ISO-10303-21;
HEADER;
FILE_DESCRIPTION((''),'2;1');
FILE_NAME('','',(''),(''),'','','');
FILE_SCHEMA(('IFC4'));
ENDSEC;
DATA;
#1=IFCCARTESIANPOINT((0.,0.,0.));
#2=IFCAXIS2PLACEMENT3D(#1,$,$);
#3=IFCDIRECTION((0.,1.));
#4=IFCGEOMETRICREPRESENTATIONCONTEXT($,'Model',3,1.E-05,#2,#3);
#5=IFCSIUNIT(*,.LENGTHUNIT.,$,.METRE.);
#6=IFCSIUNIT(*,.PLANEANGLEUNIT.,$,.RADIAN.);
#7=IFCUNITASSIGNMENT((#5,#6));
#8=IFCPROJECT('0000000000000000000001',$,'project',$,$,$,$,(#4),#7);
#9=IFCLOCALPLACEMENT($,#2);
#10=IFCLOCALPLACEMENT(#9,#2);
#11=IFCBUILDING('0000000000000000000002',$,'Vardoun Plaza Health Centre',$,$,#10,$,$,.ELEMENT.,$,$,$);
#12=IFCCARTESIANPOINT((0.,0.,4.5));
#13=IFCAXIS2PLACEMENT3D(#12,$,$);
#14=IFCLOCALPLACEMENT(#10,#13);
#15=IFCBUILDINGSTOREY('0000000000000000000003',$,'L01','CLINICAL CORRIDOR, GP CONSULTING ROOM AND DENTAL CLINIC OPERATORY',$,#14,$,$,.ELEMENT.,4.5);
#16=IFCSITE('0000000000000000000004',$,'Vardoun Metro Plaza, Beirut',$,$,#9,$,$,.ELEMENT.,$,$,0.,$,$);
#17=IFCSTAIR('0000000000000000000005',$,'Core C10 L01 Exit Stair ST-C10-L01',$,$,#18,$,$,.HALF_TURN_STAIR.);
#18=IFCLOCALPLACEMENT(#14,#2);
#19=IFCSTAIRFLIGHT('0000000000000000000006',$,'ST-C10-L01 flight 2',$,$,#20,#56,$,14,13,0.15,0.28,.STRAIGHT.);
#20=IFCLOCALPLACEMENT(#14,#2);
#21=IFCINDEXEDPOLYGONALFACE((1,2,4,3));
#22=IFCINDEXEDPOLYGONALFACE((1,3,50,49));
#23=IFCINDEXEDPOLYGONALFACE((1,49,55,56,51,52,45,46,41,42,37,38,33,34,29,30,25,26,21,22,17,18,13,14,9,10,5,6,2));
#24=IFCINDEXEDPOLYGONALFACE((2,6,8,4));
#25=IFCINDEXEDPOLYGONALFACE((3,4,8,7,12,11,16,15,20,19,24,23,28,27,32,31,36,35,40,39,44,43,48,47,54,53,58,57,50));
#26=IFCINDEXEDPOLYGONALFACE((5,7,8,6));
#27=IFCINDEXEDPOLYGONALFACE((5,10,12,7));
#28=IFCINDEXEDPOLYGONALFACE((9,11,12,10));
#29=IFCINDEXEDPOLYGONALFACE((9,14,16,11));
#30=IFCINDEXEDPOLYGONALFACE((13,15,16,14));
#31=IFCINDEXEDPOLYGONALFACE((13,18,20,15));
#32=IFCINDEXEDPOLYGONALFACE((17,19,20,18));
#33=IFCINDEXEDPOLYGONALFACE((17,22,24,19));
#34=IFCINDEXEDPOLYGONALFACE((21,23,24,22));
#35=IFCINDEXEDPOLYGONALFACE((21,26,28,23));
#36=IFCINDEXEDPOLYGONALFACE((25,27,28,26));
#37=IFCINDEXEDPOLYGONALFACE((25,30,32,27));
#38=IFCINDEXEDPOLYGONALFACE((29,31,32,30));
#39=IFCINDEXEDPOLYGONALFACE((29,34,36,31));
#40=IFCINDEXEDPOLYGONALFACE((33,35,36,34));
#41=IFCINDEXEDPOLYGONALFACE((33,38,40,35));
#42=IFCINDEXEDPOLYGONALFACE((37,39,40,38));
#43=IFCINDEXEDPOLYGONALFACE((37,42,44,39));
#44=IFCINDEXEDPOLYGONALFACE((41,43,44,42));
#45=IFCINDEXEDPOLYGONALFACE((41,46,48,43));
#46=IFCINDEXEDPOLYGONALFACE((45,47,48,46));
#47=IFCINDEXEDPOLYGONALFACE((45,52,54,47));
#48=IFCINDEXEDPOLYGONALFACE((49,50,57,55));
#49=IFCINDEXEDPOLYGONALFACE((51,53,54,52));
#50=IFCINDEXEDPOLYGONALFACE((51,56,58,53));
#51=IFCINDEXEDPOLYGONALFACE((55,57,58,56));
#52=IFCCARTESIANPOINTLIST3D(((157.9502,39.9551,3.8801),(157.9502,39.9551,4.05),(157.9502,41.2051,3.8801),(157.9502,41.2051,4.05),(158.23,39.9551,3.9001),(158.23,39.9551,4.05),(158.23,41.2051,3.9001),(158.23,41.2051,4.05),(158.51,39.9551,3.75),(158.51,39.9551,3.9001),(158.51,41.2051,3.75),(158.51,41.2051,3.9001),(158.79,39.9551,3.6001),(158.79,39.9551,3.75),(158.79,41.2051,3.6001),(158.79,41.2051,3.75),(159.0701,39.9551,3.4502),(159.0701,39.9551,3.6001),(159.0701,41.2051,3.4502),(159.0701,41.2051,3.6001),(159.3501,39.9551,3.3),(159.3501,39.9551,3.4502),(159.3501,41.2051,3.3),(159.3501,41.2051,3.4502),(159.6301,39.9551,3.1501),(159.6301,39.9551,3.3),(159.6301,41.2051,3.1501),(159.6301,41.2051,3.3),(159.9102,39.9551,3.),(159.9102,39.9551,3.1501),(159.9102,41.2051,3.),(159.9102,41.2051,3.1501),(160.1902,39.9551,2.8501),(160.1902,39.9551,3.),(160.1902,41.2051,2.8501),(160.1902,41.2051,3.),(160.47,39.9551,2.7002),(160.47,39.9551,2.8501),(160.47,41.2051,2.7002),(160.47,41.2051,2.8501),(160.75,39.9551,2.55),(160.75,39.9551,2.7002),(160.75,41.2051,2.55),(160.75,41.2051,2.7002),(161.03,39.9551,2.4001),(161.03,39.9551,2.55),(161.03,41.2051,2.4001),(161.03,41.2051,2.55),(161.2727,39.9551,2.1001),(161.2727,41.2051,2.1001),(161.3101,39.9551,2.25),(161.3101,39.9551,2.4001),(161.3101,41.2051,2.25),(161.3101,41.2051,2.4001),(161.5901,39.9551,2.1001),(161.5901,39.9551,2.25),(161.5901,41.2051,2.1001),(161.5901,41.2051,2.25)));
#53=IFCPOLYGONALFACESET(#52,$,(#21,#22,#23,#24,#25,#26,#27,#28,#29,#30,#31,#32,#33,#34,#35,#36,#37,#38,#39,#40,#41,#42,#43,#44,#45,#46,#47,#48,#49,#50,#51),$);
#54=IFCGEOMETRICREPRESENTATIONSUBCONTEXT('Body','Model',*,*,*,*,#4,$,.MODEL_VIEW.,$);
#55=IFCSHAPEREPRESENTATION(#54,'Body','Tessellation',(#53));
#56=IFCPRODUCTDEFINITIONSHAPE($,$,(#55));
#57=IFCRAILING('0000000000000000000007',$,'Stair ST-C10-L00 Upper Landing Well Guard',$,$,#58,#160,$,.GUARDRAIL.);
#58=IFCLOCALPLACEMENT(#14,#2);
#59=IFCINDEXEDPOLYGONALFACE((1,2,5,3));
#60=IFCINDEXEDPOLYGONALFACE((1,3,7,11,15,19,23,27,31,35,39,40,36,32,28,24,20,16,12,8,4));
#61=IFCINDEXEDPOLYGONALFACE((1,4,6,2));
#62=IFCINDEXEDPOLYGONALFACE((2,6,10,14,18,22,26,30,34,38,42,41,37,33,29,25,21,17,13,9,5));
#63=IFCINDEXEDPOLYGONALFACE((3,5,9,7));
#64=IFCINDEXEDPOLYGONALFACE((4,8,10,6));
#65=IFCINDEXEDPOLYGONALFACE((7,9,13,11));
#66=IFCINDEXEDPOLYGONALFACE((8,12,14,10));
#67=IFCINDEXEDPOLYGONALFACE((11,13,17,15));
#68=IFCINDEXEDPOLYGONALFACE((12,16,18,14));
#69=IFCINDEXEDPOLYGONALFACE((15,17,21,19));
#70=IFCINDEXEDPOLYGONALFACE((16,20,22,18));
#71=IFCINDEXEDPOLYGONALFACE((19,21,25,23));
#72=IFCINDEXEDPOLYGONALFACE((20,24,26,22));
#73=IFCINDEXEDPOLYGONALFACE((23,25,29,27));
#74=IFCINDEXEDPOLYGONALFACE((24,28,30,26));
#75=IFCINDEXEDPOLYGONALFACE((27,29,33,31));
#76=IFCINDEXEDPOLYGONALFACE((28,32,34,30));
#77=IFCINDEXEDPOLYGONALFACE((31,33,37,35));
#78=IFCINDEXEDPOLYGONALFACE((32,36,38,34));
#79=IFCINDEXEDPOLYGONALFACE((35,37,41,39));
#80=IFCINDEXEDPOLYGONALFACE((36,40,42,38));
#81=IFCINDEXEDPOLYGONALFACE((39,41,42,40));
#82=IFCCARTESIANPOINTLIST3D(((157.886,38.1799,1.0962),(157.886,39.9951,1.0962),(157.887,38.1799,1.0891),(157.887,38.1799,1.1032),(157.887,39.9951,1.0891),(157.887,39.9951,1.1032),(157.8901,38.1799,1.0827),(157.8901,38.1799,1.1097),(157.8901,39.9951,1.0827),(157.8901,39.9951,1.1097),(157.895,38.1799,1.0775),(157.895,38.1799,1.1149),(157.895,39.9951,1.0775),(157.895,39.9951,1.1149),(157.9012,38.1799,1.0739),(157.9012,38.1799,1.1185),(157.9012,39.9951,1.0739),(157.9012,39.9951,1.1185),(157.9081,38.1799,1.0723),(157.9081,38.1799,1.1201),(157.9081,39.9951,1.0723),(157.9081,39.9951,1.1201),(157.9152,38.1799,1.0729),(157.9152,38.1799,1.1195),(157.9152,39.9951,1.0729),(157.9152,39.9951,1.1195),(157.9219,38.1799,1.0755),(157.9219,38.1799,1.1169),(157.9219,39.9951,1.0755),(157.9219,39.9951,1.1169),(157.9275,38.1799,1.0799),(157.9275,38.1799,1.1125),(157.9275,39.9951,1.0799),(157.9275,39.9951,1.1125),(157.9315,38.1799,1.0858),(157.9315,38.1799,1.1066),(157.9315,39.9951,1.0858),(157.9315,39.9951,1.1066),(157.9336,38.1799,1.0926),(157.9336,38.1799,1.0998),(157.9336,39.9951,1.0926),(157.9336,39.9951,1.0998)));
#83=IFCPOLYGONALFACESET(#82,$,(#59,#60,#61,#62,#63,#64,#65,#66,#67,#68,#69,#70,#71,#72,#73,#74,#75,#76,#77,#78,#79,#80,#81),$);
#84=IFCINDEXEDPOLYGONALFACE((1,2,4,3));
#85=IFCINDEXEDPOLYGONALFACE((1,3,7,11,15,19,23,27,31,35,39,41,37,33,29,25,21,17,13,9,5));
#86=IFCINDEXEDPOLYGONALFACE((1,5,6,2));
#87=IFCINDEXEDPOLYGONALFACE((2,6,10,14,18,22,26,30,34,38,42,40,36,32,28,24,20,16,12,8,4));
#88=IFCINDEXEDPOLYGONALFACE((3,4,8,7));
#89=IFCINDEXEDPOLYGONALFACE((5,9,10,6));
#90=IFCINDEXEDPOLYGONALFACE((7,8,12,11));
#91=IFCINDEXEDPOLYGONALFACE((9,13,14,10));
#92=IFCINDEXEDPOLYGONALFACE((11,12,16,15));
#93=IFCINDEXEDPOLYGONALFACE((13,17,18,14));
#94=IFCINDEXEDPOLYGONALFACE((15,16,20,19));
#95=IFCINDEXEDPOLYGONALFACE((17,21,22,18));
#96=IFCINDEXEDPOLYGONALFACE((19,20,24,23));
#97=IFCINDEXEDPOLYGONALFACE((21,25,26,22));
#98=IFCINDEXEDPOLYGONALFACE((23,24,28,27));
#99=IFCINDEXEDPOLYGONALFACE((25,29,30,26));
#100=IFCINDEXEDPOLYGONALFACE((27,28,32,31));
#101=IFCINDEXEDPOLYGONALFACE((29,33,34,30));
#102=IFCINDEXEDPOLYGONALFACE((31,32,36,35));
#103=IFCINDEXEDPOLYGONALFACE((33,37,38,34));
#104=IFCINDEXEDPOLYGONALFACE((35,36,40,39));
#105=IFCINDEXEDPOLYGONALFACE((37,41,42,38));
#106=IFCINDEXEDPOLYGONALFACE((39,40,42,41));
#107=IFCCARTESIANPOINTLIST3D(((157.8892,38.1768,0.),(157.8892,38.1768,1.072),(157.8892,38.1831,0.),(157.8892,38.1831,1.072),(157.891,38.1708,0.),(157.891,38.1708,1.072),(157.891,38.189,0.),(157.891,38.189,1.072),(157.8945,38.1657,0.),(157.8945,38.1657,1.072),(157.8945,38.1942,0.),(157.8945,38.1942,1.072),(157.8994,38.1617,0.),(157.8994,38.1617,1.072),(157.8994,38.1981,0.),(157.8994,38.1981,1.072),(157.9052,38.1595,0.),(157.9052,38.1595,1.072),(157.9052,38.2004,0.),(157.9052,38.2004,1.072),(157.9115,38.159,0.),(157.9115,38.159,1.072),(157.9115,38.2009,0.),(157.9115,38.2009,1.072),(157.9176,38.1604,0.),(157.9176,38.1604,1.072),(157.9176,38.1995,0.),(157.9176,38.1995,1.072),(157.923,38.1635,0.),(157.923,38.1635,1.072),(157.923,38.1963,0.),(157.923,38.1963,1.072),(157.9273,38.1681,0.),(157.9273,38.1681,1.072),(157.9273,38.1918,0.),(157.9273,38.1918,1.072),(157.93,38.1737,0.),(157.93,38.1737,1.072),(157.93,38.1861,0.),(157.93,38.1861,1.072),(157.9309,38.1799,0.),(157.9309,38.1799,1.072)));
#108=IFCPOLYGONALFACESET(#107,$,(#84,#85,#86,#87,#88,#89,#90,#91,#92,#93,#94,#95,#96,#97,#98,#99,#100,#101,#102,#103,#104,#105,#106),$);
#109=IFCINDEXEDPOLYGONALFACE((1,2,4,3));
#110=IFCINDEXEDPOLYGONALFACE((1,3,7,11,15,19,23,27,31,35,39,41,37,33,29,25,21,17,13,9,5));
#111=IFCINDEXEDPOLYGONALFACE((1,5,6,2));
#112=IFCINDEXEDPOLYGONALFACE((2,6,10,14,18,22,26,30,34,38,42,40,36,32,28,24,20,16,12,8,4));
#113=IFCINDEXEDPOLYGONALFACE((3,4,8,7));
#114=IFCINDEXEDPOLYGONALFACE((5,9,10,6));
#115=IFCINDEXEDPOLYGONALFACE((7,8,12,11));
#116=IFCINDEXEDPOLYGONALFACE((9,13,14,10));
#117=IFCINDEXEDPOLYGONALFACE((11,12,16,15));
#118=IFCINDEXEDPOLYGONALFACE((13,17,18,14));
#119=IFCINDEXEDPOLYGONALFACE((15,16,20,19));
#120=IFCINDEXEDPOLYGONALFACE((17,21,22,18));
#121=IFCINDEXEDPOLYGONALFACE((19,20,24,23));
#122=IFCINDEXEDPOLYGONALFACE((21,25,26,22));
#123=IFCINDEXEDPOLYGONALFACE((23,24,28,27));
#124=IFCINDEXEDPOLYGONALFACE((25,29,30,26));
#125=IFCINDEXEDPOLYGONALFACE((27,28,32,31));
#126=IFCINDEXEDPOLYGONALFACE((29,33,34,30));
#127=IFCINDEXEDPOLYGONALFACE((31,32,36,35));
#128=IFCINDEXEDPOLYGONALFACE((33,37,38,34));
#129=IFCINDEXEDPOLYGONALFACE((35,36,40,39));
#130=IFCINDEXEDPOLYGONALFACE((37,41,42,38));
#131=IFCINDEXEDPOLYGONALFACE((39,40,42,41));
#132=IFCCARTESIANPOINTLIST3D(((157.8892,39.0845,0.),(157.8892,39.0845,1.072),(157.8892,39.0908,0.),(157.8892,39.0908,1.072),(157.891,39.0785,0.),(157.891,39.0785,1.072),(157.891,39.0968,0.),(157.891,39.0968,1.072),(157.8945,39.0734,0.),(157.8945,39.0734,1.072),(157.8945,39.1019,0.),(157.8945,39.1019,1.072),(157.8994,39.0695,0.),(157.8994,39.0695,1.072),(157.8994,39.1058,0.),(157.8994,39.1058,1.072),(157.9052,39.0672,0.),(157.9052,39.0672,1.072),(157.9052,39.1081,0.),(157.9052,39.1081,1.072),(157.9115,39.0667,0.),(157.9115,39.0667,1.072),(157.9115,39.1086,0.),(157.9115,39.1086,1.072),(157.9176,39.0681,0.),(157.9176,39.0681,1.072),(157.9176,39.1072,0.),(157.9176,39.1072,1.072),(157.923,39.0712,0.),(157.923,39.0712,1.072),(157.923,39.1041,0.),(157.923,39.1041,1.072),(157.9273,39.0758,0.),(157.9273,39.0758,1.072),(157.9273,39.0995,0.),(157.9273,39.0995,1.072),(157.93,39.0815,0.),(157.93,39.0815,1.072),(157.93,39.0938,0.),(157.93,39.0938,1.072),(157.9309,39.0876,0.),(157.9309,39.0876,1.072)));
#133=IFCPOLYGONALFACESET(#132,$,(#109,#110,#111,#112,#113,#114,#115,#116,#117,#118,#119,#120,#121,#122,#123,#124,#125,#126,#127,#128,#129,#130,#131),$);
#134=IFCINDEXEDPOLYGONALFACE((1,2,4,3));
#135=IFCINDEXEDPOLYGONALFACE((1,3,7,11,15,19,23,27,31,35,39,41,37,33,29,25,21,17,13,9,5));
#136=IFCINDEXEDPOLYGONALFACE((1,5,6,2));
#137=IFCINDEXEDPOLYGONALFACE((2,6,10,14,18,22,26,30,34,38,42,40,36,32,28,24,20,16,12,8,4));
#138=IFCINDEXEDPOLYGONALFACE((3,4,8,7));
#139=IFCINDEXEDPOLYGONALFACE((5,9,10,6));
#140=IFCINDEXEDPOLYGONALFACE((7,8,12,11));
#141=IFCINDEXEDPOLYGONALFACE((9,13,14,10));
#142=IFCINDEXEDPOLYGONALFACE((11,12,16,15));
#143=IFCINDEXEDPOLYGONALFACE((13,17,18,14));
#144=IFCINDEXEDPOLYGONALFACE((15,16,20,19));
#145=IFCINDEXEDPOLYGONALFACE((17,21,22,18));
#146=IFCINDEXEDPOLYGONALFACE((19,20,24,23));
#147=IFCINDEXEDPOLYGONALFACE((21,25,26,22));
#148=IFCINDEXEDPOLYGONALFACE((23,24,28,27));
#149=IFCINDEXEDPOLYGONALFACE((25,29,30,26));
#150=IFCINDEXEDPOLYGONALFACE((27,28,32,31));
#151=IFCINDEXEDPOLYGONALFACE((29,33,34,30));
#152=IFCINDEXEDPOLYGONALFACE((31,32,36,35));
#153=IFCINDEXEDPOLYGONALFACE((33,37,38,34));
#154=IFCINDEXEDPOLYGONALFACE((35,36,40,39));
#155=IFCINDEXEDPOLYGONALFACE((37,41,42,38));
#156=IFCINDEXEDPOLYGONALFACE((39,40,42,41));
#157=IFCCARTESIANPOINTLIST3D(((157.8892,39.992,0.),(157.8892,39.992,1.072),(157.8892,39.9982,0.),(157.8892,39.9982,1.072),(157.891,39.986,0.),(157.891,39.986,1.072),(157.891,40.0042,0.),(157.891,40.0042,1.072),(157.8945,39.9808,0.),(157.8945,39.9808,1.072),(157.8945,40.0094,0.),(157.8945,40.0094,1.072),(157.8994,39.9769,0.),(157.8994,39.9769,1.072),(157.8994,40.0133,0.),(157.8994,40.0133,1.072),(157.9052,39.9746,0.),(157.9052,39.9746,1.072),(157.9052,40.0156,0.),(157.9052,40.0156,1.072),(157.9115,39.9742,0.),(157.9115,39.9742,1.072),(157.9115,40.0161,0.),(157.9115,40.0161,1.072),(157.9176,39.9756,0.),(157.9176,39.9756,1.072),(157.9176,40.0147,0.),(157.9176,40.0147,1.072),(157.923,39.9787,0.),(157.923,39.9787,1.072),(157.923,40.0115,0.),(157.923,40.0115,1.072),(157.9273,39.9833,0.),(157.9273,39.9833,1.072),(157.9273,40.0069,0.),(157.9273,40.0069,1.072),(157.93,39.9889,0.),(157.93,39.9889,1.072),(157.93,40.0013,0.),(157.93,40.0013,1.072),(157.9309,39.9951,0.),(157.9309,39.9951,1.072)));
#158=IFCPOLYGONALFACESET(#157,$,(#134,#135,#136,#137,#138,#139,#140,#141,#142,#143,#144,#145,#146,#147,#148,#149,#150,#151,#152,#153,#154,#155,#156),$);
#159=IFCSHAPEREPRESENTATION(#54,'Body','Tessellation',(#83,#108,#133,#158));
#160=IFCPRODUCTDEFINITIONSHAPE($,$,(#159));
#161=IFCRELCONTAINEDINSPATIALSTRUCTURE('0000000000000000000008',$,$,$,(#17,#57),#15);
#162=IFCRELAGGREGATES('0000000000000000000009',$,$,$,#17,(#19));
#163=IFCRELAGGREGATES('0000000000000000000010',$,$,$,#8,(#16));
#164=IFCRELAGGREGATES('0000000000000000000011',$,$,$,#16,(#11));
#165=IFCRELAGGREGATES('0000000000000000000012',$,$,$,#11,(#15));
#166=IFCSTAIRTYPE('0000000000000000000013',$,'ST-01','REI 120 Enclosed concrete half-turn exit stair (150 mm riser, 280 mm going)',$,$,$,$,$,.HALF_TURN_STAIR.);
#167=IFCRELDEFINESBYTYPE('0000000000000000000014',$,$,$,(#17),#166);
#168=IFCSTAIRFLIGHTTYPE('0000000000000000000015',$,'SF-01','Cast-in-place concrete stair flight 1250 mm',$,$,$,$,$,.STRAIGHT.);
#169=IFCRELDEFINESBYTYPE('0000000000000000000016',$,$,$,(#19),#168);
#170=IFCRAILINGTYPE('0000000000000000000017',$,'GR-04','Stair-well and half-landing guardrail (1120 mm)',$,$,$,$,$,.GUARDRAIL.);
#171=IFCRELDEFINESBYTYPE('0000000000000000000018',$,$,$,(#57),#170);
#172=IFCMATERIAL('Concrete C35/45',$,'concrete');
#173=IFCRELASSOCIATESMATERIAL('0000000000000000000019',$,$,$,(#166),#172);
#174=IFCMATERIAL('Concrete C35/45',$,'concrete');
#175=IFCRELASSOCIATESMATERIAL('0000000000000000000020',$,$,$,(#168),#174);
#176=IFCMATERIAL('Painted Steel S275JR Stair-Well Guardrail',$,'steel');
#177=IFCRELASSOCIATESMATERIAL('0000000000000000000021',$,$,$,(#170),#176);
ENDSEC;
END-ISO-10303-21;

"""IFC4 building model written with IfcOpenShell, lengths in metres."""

from ifc_helpers import new_model, si_unit, direction, frame, origin, origin_2d, place, context, subcontext, project, spatial, polyline, circle, outline, extrude, material, type_object, element, aggregate, save


model = new_model("IFC4")

# Units and contexts
model_context = context("Model", 3, precision=1e-05, world=origin(), true_north=direction((0.0, 1.0)))
body_context = subcontext(model_context, "Body", "Model", "MODEL_VIEW")
ifc_project = project(units=[si_unit("LENGTHUNIT", "METRE"), si_unit("PLANEANGLEUNIT", "RADIAN")], contexts=[model_context])

# Site, building, storey
site_placement = place(None, origin())
site = spatial("IfcSite", under=ifc_project, at=site_placement, Name="Vardoun Metro Plaza, Beirut", CompositionType="ELEMENT", RefElevation=0.0)
building_placement = place(site_placement, origin())
building = spatial("IfcBuilding", under=site, at=building_placement, Name="Vardoun Plaza Health Centre", CompositionType="ELEMENT")
storey_placement = place(building_placement, frame((0.0, 0.0, 4.5)))
storey = spatial("IfcBuildingStorey", under=building, at=storey_placement, Name="L01", Description="CLINICAL CORRIDOR, GP CONSULTING ROOM AND DENTAL CLINIC OPERATORY", CompositionType="ELEMENT", Elevation=4.5)

# Stair, stair flight
ifc_material_1 = material(Name="Concrete C35/45", Category="concrete")
stair_type = type_object("IfcStairType", Name="ST-01", Description="REI 120 Enclosed concrete half-turn exit stair (150 mm riser, 280 mm going)", PredefinedType="HALF_TURN_STAIR", material=ifc_material_1)
stair_placement = place(storey_placement, origin())
stair = element("IfcStair", 1, at=stair_placement, inside=storey, type_object=stair_type, Name="Core C10 L01 Exit Stair ST-C10-L01", PredefinedType="HALF_TURN_STAIR")
ifc_material_2 = material(Name="Concrete C35/45", Category="concrete")
stair_flight_type = type_object("IfcStairFlightType", Name="SF-01", Description="Cast-in-place concrete stair flight 1250 mm", PredefinedType="STRAIGHT", material=ifc_material_2)
stair_flight_1_placement = place(storey_placement, frame((161.5901, 40.5801, 2.1001), z_axis=(0.0, 0.0, 1.0), x_axis=(-1.0, 0.0, 0.0)))
stair_flight_1 = element("IfcStairFlight", 2, at=stair_flight_1_placement, type_object=stair_flight_type, Name="ST-C10-L01 flight 2", NumberOfRisers=14, NumberOfTreads=13, PredefinedType="STRAIGHT", RiserHeight=0.15, TreadLength=0.28, context=body_context, shape_type="SweptSolid", body=[
    extrude(outline(polyline([(0.0, 0.0), (0.0, 0.1499), (0.28, 0.1499), (0.28, 0.3), (0.5601, 0.3), (0.5601, 0.45), (0.8401, 0.45), (0.8401, 0.6001), (1.1201, 0.6001), (1.1201, 0.75), (1.3999, 0.75), (1.3999, 0.8999), (1.6799, 0.8999), (1.6799, 1.05), (1.96, 1.05), (1.96, 1.2), (2.24, 1.2), (2.24, 1.3501), (2.52, 1.3501), (2.52, 1.5), (2.8, 1.5), (2.8, 1.6499), (3.0801, 1.6499), (3.0801, 1.8), (3.3601, 1.8), (3.3601, 1.95), (3.6399, 1.95), (3.6399, 2.1001), (3.6399, 1.78), (0.3174, 0.0), (0.0, 0.0)])), frame((0.0, 0.625, 0.0), z_axis=(0.0, -1.0, 0.0), x_axis=(1.0, 0.0, 0.0)), (0.0, 0.0, 1.0), 1.25),
])
aggregate(stair, [stair_flight_1])

# Railing
ifc_material_3 = material(Name="Painted Steel S275JR Stair-Well Guardrail", Category="steel")
railing_type_1 = type_object("IfcRailingType", Name="GR-04", Description="Stair-well and half-landing guardrail (1120 mm)", PredefinedType="GUARDRAIL", material=ifc_material_3)
railing_1_placement = place(storey_placement, frame((157.9099, 38.1799, 0.0)))
element("IfcRailing", 3, at=railing_1_placement, inside=storey, type_object=railing_type_1, Name="Stair ST-C10-L00 Upper Landing Well Guard", PredefinedType="GUARDRAIL", context=body_context, shape_type="SweptSolid", body=[
    extrude(circle(Radius=0.0239, at=origin_2d()), frame((0.0, 0.0, 1.0962), z_axis=(0.0, 1.0, 0.0), x_axis=(-1.0, 0.0, 0.0)), (0.0, 0.0, 1.0), 1.8152),
    extrude(circle(Radius=0.021, at=origin_2d()), origin(), (0.0, 0.0, 1.0), 1.072),
    extrude(circle(Radius=0.021, at=origin_2d()), frame((0.0, 0.9077, 0.0)), (0.0, 0.0, 1.0), 1.072),
    extrude(circle(Radius=0.021, at=origin_2d()), frame((0.0, 1.8152, 0.0)), (0.0, 0.0, 1.0), 1.072),
])

save(model, "model.ifc")
